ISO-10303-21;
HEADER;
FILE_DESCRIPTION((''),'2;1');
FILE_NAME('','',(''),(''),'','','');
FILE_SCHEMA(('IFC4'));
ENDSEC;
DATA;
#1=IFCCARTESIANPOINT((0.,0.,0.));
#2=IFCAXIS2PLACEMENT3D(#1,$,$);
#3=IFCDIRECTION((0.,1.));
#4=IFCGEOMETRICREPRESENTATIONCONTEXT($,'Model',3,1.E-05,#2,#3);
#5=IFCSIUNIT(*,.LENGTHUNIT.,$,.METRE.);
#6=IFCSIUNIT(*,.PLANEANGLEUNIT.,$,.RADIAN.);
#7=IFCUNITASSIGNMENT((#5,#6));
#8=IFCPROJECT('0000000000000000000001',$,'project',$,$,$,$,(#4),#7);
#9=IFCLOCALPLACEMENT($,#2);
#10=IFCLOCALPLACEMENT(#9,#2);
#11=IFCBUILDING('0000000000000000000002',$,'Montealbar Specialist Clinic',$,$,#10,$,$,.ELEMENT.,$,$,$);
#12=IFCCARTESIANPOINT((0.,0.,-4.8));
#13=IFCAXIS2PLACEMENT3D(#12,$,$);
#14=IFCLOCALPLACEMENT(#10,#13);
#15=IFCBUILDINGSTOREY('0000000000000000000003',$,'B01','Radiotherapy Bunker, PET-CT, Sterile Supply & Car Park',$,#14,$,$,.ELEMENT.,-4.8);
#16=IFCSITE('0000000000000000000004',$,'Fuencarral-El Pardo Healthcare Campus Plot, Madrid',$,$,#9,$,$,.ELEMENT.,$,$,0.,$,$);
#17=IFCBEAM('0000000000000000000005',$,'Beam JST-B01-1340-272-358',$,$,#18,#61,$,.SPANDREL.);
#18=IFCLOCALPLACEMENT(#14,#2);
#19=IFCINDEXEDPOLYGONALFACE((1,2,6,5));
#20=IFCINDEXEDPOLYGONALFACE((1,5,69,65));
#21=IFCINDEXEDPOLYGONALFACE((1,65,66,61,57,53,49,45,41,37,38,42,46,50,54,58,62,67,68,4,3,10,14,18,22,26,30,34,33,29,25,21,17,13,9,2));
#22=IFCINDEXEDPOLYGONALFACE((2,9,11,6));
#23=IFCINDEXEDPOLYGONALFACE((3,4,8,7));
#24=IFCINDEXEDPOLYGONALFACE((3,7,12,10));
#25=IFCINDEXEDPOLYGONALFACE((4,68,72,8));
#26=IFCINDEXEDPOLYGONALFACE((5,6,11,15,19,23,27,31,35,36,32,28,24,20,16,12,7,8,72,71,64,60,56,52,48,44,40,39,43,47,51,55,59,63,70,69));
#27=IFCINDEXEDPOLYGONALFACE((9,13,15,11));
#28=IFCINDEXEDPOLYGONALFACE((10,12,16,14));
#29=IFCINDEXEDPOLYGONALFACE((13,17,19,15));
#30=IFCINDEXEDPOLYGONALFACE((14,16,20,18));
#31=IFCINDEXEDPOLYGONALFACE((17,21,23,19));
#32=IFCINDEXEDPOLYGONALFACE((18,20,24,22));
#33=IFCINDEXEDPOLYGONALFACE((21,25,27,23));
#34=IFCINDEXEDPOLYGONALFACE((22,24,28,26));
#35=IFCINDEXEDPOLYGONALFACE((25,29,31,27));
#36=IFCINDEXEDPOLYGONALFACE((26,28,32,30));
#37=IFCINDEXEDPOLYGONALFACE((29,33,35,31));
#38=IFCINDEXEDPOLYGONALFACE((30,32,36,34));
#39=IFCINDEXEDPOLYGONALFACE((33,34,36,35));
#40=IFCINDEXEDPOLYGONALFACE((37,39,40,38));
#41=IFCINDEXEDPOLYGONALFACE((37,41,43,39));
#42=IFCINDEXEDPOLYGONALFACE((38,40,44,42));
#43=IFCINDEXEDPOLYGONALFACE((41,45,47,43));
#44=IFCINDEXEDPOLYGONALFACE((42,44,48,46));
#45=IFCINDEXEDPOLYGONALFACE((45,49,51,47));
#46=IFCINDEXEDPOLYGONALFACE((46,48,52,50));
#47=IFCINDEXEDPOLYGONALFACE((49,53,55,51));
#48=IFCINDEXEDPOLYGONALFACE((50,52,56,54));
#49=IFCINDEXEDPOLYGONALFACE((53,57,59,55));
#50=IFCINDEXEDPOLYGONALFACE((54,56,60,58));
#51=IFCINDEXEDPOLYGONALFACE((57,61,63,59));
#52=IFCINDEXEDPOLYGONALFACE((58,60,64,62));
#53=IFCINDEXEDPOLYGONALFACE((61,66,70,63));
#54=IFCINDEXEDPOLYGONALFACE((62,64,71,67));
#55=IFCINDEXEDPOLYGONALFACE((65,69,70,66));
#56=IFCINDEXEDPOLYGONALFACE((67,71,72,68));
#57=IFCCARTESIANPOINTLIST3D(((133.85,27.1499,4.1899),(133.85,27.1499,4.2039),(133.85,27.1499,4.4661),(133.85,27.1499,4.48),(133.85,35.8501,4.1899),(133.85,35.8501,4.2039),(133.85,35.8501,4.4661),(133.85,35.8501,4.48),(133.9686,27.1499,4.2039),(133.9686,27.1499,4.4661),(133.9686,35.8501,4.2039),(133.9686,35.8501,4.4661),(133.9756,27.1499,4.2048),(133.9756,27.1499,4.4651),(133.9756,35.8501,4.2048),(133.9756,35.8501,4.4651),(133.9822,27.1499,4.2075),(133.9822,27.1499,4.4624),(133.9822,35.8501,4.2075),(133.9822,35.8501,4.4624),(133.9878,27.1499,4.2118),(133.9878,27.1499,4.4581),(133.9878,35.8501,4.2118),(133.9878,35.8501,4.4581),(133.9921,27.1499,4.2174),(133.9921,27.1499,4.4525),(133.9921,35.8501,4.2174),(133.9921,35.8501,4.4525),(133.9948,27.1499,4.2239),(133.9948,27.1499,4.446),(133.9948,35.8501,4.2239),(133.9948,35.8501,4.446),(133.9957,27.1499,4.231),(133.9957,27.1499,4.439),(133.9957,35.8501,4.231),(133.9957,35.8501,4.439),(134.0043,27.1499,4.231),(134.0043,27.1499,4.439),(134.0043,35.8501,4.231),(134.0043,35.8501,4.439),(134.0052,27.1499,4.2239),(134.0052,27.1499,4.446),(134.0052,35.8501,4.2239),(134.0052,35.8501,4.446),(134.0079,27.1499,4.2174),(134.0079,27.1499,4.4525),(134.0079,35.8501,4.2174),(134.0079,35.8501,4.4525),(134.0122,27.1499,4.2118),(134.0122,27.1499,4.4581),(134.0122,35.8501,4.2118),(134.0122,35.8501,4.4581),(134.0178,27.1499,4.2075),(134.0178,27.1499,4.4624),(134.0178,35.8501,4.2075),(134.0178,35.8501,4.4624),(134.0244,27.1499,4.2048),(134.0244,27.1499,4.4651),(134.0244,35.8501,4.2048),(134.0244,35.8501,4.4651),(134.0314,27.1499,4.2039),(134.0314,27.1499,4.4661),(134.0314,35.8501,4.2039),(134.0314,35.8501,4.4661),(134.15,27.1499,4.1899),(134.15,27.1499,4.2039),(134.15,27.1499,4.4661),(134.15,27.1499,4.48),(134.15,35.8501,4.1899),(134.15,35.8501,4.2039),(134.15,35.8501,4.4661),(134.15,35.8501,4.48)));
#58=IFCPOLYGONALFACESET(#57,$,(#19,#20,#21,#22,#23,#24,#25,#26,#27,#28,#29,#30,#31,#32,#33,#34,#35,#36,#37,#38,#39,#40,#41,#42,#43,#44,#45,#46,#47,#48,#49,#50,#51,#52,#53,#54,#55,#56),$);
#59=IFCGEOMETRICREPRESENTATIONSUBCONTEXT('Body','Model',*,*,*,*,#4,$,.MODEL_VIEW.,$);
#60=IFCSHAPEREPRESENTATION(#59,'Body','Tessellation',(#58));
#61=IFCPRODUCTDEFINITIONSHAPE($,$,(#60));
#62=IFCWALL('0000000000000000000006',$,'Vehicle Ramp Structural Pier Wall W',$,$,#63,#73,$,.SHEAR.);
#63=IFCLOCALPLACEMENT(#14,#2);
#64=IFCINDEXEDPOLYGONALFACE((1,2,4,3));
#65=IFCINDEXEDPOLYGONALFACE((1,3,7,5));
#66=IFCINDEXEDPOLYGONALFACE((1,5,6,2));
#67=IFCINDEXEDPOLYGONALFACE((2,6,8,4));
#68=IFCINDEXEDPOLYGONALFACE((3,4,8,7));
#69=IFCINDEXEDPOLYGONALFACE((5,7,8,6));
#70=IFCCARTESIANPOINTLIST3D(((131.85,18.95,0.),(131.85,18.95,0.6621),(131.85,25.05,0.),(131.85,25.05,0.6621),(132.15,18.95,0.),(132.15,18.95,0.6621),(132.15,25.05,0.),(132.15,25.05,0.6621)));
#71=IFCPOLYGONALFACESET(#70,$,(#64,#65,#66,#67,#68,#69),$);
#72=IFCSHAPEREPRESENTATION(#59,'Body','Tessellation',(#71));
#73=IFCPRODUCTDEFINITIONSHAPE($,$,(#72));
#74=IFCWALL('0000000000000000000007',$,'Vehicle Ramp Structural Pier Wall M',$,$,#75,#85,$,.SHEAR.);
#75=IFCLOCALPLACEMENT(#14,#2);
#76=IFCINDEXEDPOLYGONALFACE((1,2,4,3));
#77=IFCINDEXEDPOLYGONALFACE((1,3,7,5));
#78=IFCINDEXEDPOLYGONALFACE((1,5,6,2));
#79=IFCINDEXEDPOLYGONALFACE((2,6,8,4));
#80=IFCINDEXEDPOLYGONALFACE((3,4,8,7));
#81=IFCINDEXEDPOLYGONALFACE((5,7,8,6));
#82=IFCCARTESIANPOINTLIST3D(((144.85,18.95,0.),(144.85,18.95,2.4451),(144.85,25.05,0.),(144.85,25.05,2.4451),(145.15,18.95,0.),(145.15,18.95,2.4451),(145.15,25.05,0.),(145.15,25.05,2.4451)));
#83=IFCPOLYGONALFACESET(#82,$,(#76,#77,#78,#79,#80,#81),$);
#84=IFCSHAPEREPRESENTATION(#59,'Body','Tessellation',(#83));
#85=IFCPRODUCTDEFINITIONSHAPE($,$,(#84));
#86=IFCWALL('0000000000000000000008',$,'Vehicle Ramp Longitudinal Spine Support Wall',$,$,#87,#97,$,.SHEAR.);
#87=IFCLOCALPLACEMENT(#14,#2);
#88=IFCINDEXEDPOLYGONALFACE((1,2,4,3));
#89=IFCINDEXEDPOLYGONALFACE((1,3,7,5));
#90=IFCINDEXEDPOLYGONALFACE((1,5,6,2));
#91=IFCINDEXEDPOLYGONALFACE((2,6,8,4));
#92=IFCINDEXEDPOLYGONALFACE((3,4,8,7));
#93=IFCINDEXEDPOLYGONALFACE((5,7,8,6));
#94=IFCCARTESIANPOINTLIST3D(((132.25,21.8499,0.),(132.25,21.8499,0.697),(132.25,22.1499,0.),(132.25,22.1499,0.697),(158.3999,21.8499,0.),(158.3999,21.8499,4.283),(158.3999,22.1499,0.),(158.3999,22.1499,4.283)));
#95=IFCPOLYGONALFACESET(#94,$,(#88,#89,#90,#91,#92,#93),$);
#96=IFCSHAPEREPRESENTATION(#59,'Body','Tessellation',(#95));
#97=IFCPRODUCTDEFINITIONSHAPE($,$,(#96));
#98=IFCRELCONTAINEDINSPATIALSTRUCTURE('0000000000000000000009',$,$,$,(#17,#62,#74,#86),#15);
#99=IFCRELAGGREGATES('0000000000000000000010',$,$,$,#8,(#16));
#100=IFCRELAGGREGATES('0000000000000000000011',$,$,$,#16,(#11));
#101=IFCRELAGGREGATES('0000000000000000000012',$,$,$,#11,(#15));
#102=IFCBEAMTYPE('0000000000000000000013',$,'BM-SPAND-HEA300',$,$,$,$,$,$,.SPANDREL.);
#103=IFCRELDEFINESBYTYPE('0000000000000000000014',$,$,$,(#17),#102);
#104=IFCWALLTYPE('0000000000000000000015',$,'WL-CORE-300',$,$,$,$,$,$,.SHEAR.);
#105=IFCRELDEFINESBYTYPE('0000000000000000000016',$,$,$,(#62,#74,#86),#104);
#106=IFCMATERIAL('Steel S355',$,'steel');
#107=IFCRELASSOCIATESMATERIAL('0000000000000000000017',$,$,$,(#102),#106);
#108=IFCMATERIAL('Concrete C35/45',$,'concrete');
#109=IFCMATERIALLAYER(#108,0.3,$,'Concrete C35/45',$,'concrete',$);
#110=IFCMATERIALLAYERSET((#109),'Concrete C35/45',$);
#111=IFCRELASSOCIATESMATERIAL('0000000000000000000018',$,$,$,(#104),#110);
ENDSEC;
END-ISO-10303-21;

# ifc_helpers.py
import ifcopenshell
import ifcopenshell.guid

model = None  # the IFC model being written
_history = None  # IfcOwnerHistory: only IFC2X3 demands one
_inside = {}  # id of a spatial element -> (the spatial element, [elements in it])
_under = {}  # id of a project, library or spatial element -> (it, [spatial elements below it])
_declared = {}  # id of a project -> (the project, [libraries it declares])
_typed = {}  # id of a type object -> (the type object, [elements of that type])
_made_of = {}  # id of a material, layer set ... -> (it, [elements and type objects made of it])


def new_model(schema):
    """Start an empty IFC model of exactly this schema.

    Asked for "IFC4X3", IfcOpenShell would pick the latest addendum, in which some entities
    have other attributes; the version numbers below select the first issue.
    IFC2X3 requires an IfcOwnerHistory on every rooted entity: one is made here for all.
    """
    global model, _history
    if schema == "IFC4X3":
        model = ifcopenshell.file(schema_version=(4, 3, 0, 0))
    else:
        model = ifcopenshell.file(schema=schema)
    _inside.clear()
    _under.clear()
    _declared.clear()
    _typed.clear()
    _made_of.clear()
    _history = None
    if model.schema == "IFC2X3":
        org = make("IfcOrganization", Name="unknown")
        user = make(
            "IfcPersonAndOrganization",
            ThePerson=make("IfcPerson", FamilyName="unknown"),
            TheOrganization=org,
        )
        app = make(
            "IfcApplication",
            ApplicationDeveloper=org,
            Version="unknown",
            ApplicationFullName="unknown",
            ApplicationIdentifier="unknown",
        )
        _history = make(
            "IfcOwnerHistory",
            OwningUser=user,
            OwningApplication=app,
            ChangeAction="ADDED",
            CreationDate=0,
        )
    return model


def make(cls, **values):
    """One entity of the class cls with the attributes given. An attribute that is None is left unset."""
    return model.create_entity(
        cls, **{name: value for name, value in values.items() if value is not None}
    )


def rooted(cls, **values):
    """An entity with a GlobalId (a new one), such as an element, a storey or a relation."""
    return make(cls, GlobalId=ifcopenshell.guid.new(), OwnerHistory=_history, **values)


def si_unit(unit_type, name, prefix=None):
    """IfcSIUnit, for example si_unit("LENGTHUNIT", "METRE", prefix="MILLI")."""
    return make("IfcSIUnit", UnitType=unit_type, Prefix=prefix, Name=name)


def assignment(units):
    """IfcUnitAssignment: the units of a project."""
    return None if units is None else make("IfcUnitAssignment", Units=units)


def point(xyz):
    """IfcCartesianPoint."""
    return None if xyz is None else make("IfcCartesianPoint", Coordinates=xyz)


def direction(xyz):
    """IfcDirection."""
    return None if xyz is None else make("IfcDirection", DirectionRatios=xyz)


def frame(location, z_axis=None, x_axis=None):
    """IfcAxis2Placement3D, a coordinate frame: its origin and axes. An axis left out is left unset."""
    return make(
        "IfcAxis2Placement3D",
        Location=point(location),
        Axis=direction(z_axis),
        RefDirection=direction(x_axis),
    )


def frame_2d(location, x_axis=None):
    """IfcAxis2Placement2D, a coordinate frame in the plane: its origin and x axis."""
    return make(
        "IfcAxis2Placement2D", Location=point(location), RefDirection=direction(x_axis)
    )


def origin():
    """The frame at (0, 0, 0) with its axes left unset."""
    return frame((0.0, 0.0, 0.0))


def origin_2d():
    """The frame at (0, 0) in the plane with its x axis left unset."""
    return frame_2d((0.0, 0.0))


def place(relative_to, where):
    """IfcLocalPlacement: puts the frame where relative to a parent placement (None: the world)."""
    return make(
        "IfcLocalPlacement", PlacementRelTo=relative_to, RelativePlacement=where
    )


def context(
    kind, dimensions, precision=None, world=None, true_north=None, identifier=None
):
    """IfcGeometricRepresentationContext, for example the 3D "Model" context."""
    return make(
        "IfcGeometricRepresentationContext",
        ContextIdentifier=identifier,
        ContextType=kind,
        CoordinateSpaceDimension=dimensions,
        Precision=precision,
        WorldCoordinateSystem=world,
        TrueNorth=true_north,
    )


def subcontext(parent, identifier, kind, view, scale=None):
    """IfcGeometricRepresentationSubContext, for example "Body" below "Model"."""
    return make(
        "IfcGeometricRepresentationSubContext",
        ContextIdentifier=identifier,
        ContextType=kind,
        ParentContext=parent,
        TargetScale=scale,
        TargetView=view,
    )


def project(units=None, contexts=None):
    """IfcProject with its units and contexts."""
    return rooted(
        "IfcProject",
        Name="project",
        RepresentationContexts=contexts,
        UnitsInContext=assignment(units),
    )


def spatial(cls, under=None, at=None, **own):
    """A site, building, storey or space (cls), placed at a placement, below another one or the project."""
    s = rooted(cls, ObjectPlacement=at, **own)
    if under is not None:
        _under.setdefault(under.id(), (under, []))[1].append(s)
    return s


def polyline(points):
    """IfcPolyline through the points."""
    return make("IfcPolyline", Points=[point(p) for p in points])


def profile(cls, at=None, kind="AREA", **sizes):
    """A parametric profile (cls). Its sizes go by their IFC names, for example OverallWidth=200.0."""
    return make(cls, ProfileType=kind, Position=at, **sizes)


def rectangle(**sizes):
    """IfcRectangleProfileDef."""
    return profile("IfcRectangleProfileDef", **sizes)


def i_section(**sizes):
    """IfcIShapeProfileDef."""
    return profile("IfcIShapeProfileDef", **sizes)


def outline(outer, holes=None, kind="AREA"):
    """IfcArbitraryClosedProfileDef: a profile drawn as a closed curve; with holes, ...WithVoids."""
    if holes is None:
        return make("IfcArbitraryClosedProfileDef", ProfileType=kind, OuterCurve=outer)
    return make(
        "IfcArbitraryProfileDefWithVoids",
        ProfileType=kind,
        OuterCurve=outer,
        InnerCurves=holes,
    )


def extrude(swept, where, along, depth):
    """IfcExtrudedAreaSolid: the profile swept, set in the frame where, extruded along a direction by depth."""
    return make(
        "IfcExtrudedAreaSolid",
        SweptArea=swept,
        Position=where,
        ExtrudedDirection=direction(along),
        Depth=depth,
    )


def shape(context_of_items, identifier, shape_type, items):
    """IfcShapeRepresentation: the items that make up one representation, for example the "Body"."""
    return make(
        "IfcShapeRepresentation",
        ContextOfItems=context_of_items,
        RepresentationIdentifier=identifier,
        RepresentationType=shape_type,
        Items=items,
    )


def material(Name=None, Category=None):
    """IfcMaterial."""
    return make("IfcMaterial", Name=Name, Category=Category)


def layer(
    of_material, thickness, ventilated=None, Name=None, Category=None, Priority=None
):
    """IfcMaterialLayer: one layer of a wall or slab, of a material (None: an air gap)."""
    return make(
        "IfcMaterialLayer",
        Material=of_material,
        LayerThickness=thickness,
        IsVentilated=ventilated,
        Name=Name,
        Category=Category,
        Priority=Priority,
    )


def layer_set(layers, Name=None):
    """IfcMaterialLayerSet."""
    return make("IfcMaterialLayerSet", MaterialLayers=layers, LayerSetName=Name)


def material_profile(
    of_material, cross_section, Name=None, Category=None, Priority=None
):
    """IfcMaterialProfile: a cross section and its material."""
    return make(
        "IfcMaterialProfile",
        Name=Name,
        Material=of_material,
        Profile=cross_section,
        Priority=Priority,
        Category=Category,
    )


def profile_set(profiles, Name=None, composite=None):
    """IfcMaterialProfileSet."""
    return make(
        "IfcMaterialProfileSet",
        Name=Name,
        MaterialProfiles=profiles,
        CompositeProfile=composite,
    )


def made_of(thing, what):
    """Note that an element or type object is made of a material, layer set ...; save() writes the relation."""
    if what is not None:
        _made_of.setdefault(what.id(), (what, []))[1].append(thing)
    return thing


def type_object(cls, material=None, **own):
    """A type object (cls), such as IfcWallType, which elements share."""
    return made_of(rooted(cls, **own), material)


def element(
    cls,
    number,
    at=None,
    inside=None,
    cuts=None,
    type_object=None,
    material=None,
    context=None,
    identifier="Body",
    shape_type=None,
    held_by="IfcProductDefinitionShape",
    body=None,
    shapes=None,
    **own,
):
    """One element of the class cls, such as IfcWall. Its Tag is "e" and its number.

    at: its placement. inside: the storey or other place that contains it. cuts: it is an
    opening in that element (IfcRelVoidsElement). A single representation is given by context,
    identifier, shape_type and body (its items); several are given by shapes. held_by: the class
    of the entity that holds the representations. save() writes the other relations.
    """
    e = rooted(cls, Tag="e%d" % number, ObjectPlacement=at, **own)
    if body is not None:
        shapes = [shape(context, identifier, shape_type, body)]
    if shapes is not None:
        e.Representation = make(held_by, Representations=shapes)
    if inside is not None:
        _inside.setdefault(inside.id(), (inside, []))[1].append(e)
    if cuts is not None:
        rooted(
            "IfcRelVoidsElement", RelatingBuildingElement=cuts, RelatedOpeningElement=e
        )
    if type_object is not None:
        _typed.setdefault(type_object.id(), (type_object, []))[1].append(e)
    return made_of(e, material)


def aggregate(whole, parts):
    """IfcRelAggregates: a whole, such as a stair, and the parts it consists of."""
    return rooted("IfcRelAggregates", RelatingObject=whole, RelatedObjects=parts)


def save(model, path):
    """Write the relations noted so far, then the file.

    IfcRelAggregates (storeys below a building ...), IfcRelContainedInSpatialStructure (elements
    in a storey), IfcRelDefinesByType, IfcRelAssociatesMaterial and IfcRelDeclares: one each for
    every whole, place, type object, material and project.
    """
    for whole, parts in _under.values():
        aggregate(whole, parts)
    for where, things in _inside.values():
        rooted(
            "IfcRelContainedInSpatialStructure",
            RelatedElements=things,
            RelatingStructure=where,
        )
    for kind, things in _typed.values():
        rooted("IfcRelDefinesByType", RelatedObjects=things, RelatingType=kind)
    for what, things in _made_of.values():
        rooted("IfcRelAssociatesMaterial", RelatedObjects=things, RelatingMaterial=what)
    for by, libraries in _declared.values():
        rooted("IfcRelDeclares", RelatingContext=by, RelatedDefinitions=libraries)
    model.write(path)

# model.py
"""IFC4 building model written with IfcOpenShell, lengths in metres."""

from ifc_helpers import new_model, si_unit, direction, frame, frame_2d, origin, origin_2d, place, context, subcontext, project, spatial, polyline, rectangle, i_section, outline, extrude, material, layer, layer_set, material_profile, profile_set, type_object, element, save


model = new_model("IFC4")

# Units and contexts
model_context = context("Model", 3, precision=1e-05, world=origin(), true_north=direction((0.0, 1.0)))
body_context = subcontext(model_context, "Body", "Model", "MODEL_VIEW")
ifc_project = project(units=[si_unit("LENGTHUNIT", "METRE"), si_unit("PLANEANGLEUNIT", "RADIAN")], contexts=[model_context])

# Site, building, storey
site_placement = place(None, origin())
site = spatial("IfcSite", under=ifc_project, at=site_placement, Name="Fuencarral-El Pardo Healthcare Campus Plot, Madrid", CompositionType="ELEMENT", RefElevation=0.0)
building_placement = place(site_placement, origin())
building = spatial("IfcBuilding", under=site, at=building_placement, Name="Montealbar Specialist Clinic", CompositionType="ELEMENT")
storey_placement = place(building_placement, frame((0.0, 0.0, -4.8)))
storey = spatial("IfcBuildingStorey", under=building, at=storey_placement, Name="B01", Description="Radiotherapy Bunker, PET-CT, Sterile Supply & Car Park", CompositionType="ELEMENT", Elevation=-4.8)

# Shared definitions
ifc_material_1 = material(Name="Concrete C35/45", Category="concrete")

# Shared definitions
ifc_material_2 = material(Name="Steel S355", Category="steel")

# Beam
ifc_material_profile_1 = material_profile(ifc_material_2, i_section(OverallWidth=0.3, OverallDepth=0.29, WebThickness=0.0085, FlangeThickness=0.0139, FilletRadius=0.0271, at=origin_2d()), Name="HEA 300", Category="steel")
ifc_profile_set_1 = profile_set([ifc_material_profile_1], Name="Steel S355")
beam_type_1 = type_object("IfcBeamType", Name="BM-SPAND-HEA300", PredefinedType="SPANDREL", material=ifc_profile_set_1)
beam_1_placement = place(storey_placement, frame((134.0, 27.1499, 4.335), z_axis=(0.0, 1.0, 0.0), x_axis=(-1.0, 0.0, 0.0)))
element("IfcBeam", 1, at=beam_1_placement, inside=storey, type_object=beam_type_1, Name="Beam JST-B01-1340-272-358", PredefinedType="SPANDREL", context=body_context, shape_type="SweptSolid", body=[
    extrude(i_section(OverallWidth=0.3, OverallDepth=0.29, WebThickness=0.0085, FlangeThickness=0.0139, FilletRadius=0.0271, at=origin_2d()), origin(), (0.0, 0.0, 1.0), 8.7002),
])

# Walls
ifc_layer = layer(ifc_material_1, 0.3, Name="Concrete C35/45", Category="concrete")
ifc_layer_set = layer_set([ifc_layer], Name="Concrete C35/45")
wall_type = type_object("IfcWallType", Name="WL-CORE-300", PredefinedType="SHEAR", material=ifc_layer_set)
wall_1_placement = place(storey_placement, frame((132.0, 18.95, 0.0), z_axis=(0.0, 0.0, 1.0), x_axis=(0.0, 1.0, 0.0)))
element("IfcWall", 2, at=wall_1_placement, inside=storey, type_object=wall_type, Name="Vehicle Ramp Structural Pier Wall W", PredefinedType="SHEAR", context=body_context, shape_type="SweptSolid", body=[
    extrude(rectangle(XDim=6.1001, YDim=0.3, at=frame_2d((3.05, 0.0))), origin(), (0.0, 0.0, 1.0), 0.6621),
])
wall_2_placement = place(storey_placement, frame((145.0, 18.95, 0.0), z_axis=(0.0, 0.0, 1.0), x_axis=(0.0, 1.0, 0.0)))
element("IfcWall", 3, at=wall_2_placement, inside=storey, type_object=wall_type, Name="Vehicle Ramp Structural Pier Wall M", PredefinedType="SHEAR", context=body_context, shape_type="SweptSolid", body=[
    extrude(rectangle(XDim=6.1001, YDim=0.3, at=frame_2d((3.05, 0.0))), origin(), (0.0, 0.0, 1.0), 2.4451),
])
wall_3_placement = place(storey_placement, frame((132.25, 22.0, 0.0), z_axis=(0.0, 0.0, 1.0), x_axis=(1.0, 0.0, 0.0)))
element("IfcWall", 4, at=wall_3_placement, inside=storey, type_object=wall_type, Name="Vehicle Ramp Longitudinal Spine Support Wall", PredefinedType="SHEAR", context=body_context, shape_type="SweptSolid", body=[
    extrude(outline(polyline([(0.0, 0.0), (26.1499, 0.0), (26.1499, 4.283), (0.0, 0.697), (0.0, 0.0)])), frame((0.0, 0.1499, 0.0), z_axis=(0.0, -1.0, 0.0), x_axis=(1.0, 0.0, 0.0)), (0.0, 0.0, 1.0), 0.3),
])

save(model, "model.ifc")
